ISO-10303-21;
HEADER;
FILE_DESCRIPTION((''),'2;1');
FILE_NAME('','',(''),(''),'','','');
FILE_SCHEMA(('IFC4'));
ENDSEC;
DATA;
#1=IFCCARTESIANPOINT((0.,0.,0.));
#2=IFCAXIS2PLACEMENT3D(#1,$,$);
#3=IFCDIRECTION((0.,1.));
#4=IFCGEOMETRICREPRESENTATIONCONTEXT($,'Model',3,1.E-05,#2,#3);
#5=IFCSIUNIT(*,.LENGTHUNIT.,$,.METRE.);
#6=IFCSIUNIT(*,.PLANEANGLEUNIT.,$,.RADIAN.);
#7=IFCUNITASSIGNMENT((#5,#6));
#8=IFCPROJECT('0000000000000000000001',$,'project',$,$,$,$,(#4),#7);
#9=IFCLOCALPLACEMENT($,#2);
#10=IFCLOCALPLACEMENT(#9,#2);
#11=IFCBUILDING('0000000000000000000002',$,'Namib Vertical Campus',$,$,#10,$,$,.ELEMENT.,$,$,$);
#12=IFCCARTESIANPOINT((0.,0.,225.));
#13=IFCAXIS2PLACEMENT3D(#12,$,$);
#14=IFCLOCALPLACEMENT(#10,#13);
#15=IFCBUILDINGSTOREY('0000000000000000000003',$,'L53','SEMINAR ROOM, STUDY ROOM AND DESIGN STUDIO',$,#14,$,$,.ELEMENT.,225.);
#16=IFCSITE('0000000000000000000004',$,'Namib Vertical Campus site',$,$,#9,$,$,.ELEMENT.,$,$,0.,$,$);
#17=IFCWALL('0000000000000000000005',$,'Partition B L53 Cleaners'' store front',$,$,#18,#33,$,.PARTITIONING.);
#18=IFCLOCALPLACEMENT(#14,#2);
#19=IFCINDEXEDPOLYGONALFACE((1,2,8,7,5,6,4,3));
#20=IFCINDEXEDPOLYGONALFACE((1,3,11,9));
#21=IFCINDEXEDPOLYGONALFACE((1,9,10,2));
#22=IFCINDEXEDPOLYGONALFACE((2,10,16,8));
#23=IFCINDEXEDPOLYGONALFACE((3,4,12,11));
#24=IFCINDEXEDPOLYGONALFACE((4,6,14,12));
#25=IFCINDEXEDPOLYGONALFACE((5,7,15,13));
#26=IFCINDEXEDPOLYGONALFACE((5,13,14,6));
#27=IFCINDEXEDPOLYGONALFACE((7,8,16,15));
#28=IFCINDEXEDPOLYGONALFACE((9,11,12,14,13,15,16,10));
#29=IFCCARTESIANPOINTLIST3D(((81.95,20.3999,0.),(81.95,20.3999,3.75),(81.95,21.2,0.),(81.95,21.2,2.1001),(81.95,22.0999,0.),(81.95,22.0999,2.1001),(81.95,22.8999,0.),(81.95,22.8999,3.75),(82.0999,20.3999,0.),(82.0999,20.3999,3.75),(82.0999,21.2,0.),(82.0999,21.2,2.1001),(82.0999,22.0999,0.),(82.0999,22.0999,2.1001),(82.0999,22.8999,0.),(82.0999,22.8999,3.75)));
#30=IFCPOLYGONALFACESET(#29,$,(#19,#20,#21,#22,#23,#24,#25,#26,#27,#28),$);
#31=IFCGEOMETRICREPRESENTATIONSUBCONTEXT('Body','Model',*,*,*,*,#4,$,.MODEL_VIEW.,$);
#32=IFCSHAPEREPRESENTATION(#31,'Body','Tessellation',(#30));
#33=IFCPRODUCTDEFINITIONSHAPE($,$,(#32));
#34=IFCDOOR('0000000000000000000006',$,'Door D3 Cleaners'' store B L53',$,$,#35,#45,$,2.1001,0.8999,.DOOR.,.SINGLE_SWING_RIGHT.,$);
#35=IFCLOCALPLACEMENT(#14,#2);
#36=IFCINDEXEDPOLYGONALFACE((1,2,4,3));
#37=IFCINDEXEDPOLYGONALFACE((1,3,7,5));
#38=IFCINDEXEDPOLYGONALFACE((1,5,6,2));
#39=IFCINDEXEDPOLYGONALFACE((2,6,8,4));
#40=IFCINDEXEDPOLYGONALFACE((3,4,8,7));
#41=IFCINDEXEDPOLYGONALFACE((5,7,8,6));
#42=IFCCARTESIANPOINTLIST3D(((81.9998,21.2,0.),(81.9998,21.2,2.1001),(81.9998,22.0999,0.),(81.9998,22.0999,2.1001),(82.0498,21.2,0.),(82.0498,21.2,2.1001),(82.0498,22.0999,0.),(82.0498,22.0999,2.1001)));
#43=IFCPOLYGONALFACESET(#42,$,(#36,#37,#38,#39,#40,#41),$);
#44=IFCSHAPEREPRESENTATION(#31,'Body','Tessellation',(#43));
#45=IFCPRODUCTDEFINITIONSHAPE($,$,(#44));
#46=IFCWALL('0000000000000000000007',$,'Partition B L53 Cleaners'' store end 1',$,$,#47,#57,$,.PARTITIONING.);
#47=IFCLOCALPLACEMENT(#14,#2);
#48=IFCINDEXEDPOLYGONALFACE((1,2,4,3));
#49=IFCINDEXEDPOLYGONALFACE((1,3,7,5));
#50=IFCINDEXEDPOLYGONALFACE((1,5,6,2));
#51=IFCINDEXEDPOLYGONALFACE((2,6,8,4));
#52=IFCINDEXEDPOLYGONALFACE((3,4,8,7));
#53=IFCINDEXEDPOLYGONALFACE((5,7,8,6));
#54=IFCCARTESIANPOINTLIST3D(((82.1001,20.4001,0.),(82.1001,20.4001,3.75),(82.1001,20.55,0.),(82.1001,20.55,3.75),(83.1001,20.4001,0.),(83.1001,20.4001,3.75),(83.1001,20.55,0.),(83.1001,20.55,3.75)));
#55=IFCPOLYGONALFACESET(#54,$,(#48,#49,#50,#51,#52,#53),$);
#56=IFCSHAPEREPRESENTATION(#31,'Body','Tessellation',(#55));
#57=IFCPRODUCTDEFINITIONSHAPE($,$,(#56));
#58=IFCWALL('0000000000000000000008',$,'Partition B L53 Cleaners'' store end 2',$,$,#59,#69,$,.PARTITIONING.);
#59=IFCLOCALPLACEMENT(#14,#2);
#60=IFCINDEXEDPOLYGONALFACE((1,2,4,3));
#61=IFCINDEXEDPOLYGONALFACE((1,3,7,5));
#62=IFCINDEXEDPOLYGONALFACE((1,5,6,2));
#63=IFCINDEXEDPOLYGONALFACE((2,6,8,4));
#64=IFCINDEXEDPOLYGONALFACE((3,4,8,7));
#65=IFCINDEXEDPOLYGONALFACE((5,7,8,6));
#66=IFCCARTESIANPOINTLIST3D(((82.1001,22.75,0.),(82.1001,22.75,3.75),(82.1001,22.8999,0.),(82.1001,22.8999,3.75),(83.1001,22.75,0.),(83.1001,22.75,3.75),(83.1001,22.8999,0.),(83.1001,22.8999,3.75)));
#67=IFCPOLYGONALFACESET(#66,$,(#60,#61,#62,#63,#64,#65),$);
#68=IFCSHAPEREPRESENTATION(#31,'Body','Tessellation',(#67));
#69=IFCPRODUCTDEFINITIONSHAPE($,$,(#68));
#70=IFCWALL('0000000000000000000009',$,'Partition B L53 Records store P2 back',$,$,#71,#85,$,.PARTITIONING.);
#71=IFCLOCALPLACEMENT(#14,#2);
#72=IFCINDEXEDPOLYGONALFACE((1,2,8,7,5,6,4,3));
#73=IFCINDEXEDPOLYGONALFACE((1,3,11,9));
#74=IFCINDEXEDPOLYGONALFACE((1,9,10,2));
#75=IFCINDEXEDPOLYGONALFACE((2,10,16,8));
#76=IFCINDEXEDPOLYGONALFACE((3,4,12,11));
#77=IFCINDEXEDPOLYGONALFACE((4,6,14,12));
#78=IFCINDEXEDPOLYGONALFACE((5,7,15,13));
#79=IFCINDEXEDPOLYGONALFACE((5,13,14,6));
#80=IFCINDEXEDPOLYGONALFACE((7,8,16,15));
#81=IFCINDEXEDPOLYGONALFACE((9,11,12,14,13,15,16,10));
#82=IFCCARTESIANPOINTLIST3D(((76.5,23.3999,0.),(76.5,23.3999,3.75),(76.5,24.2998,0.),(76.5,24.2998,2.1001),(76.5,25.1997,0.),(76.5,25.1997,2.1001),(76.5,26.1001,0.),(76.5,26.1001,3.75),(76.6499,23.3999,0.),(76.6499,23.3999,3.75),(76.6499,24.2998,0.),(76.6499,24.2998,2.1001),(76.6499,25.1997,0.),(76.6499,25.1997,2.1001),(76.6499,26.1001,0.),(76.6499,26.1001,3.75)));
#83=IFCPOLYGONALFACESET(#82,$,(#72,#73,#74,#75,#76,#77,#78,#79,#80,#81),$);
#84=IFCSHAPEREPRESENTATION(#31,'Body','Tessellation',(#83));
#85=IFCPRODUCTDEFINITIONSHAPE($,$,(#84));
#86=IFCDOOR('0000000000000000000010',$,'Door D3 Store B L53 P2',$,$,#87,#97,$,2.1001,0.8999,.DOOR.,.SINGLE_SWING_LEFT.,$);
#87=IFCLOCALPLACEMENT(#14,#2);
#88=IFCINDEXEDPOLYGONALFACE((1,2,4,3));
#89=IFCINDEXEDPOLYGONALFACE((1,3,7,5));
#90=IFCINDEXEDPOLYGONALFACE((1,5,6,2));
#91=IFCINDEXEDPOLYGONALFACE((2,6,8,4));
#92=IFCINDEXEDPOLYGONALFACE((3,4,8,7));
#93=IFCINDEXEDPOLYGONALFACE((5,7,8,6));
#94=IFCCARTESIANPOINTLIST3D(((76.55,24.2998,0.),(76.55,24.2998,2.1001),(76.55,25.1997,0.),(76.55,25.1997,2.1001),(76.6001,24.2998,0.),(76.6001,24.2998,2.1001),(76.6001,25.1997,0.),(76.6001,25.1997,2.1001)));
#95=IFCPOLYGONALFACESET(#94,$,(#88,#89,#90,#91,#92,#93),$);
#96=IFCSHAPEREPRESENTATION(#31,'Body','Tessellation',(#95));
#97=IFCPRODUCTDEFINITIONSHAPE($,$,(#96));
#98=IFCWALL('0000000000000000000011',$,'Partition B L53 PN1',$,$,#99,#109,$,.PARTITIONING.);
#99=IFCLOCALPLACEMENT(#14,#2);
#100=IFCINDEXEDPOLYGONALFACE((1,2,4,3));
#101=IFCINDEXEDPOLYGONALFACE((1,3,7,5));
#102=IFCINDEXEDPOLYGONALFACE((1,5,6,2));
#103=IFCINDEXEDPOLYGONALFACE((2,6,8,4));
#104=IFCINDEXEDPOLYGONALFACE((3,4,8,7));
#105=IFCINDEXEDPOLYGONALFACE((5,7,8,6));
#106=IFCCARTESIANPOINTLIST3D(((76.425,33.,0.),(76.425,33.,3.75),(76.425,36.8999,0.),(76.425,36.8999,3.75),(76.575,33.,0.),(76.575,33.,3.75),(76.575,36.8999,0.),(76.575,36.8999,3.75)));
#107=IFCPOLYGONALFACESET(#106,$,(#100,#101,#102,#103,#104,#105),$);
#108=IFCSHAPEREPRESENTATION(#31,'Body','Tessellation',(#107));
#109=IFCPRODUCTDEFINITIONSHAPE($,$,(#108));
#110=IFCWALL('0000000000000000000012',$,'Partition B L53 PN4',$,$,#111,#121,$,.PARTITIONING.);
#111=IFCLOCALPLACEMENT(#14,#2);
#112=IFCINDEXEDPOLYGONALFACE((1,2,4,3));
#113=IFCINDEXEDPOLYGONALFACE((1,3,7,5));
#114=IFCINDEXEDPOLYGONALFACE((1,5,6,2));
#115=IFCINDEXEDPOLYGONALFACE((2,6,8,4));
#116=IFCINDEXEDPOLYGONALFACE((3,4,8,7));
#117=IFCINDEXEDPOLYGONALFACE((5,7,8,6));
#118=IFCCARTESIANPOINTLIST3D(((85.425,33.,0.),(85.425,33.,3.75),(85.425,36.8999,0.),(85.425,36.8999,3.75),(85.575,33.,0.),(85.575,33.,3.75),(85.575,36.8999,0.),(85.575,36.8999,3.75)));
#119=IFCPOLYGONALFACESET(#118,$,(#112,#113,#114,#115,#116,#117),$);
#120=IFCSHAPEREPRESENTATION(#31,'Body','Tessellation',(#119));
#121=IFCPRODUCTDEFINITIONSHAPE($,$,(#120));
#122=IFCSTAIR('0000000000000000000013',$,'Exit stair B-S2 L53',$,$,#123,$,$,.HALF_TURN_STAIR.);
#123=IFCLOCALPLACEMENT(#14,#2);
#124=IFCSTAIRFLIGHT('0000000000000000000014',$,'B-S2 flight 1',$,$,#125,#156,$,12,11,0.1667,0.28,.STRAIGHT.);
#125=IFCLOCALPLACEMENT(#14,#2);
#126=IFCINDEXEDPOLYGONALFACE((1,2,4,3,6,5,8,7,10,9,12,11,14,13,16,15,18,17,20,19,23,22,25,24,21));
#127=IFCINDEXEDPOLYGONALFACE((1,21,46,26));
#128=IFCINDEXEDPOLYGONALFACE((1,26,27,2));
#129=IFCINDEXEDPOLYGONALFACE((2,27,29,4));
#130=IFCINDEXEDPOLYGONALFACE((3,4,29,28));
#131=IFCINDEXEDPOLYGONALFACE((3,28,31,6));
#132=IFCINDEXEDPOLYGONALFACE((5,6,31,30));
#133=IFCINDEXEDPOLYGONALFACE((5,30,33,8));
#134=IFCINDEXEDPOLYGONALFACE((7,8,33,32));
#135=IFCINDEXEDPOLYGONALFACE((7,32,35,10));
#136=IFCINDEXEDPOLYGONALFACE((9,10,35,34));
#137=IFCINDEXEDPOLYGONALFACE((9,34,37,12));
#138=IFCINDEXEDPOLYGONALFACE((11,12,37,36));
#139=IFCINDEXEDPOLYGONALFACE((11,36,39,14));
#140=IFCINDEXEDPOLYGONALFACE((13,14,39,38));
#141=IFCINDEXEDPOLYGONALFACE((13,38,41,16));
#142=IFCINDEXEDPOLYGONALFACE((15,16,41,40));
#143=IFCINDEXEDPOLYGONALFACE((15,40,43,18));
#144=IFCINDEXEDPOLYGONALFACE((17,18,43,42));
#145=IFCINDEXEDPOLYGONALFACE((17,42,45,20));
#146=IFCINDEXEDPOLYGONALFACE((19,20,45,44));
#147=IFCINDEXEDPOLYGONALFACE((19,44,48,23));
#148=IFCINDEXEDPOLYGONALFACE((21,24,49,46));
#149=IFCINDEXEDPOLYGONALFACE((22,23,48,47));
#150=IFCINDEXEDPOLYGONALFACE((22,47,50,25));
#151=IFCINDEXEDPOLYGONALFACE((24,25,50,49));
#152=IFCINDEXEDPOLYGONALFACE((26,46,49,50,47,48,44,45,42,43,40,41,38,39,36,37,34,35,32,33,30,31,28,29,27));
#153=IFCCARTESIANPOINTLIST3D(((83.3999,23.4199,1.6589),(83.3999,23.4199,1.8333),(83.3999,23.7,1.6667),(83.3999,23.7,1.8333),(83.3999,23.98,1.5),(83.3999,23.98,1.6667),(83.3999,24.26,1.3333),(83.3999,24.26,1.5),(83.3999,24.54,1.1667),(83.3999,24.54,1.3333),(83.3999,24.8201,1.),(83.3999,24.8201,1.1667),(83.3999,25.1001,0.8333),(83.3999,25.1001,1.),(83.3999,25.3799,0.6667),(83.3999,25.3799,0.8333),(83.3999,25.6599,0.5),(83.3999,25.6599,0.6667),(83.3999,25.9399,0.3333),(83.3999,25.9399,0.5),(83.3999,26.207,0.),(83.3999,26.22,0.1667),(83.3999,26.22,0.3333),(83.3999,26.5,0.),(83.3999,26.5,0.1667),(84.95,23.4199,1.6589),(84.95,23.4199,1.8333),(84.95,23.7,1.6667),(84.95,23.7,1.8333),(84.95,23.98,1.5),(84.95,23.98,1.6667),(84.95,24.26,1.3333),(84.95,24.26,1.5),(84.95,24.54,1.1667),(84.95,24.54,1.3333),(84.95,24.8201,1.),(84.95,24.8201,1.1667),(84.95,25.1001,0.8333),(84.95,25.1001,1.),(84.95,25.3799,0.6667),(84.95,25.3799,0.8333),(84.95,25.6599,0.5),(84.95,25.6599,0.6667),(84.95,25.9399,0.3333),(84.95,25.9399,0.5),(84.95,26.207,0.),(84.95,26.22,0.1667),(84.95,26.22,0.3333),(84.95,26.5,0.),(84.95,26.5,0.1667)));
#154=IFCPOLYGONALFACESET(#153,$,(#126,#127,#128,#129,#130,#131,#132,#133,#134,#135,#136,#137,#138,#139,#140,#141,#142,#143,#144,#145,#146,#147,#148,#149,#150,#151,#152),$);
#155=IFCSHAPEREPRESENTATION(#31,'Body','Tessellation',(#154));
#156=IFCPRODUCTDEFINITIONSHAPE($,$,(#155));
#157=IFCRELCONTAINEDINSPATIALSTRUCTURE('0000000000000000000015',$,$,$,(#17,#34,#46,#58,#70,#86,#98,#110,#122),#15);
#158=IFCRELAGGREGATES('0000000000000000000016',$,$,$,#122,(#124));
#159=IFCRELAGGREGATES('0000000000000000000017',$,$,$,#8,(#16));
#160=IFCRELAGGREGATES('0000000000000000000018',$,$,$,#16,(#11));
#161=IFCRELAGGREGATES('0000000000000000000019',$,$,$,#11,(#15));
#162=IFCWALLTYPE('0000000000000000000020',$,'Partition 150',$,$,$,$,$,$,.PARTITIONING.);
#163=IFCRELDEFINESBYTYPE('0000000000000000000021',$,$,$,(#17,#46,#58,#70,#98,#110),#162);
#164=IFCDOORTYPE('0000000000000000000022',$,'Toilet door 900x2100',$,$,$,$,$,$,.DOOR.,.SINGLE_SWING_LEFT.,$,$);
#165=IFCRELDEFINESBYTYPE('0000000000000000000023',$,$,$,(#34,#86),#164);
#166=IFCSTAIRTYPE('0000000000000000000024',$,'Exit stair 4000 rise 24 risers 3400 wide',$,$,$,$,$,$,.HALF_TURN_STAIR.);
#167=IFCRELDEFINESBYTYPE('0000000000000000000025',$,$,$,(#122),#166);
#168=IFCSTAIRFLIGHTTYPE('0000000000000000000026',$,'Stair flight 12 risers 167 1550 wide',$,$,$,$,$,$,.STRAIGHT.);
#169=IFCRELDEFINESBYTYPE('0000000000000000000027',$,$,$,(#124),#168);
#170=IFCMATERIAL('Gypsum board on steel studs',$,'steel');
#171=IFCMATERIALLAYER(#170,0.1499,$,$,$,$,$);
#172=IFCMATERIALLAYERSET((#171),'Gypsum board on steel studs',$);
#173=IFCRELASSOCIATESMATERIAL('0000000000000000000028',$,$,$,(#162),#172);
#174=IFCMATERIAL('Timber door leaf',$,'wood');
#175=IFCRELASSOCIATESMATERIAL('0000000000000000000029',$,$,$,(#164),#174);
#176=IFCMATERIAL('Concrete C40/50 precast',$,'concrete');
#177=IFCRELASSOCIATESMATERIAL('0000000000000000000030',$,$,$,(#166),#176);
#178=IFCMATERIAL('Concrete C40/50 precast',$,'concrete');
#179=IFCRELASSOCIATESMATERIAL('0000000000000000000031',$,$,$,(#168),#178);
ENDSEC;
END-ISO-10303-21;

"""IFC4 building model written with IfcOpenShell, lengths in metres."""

from ifc_helpers import new_model, si_unit, direction, frame, frame_2d, origin, place, context, subcontext, project, spatial, polyline, rectangle, outline, extrude, material, layer, layer_set, type_object, element, fill, aggregate, save


model = new_model("IFC4")

# Units and contexts
model_context = context("Model", 3, precision=1e-05, world=origin(), true_north=direction((0.0, 1.0)))
body_context = subcontext(model_context, "Body", "Model", "MODEL_VIEW")
ifc_project = project(units=[si_unit("LENGTHUNIT", "METRE"), si_unit("PLANEANGLEUNIT", "RADIAN")], contexts=[model_context])

# Site, building, storey
site_placement = place(None, origin())
site = spatial("IfcSite", under=ifc_project, at=site_placement, Name="Namib Vertical Campus site", CompositionType="ELEMENT", RefElevation=0.0)
building_placement = place(site_placement, origin())
building = spatial("IfcBuilding", under=site, at=building_placement, Name="Namib Vertical Campus", CompositionType="ELEMENT")
storey_placement = place(building_placement, frame((0.0, 0.0, 225.0)))
storey = spatial("IfcBuildingStorey", under=building, at=storey_placement, Name="L53", Description="SEMINAR ROOM, STUDY ROOM AND DESIGN STUDIO", CompositionType="ELEMENT", Elevation=225.0)

# Wall, opening, door
ifc_material_1 = material(Name="Gypsum board on steel studs", Category="steel")
ifc_layer_1 = layer(ifc_material_1, 0.1499)
ifc_layer_set_1 = layer_set([ifc_layer_1], Name="Gypsum board on steel studs")
wall_type_1 = type_object("IfcWallType", Name="Partition 150", PredefinedType="PARTITIONING", material=ifc_layer_set_1)
wall_1_placement = place(storey_placement, frame((82.0249, 20.3999, 0.0), z_axis=(0.0, 0.0, 1.0), x_axis=(0.0, 1.0, 0.0)))
wall_1 = element("IfcWall", 1, at=wall_1_placement, inside=storey, type_object=wall_type_1, Name="Partition B L53 Cleaners' store front", PredefinedType="PARTITIONING", context=body_context, shape_type="SweptSolid", body=[
    extrude(rectangle(XDim=2.5, YDim=0.1499, at=frame_2d((1.25, 0.0))), origin(), (0.0, 0.0, 1.0), 3.75),
])
opening_1_placement = place(wall_1_placement, frame((0.8, 0.0, 0.0)))
opening_1 = element("IfcOpeningElement", 2, at=opening_1_placement, cuts=wall_1, PredefinedType="OPENING", context=body_context, shape_type="SweptSolid", body=[
    extrude(rectangle(XDim=0.8999, YDim=2.1001, at=frame_2d((0.45, 1.05))), frame((0.0, 0.085, 0.0), z_axis=(0.0, -1.0, 0.0), x_axis=(1.0, 0.0, 0.0)), (0.0, 0.0, 1.0), 0.1699),
])
ifc_material_2 = material(Name="Timber door leaf", Category="wood")
door_type_1 = type_object("IfcDoorType", Name="Toilet door 900x2100", OperationType="SINGLE_SWING_LEFT", PredefinedType="DOOR", material=ifc_material_2)
door_1_placement = place(opening_1_placement, frame((0.8999, 0.0, 0.0), z_axis=(0.0, 0.0, 1.0), x_axis=(-1.0, 0.0, 0.0)))
door_1 = element("IfcDoor", 3, at=door_1_placement, inside=storey, type_object=door_type_1, Name="Door D3 Cleaners' store B L53", OperationType="SINGLE_SWING_RIGHT", OverallHeight=2.1001, OverallWidth=0.8999, PredefinedType="DOOR", context=body_context, shape_type="SweptSolid", body=[
    extrude(rectangle(XDim=0.8999, YDim=2.1001, at=frame_2d((0.45, 1.05))), frame((0.0, 0.0249, 0.0), z_axis=(0.0, -1.0, 0.0), x_axis=(1.0, 0.0, 0.0)), (0.0, 0.0, 1.0), 0.05),
])
fill(opening_1, door_1)

# Walls
for number, where, z_axis, x_axis, name in (
    (4, (82.1001, 20.4751, 0.0), (0.0, 0.0, 1.0), (1.0, 0.0, 0.0), "Partition B L53 Cleaners' store end 1"),
    (5, (82.1001, 22.825, 0.0), (0.0, 0.0, 1.0), (1.0, 0.0, 0.0), "Partition B L53 Cleaners' store end 2"),
):
    element("IfcWall", number, at=place(storey_placement, frame(where, z_axis=z_axis, x_axis=x_axis)), inside=storey, type_object=wall_type_1, Name=name, PredefinedType="PARTITIONING", context=body_context, shape_type="SweptSolid", body=[
        extrude(rectangle(XDim=1.0, YDim=0.1499, at=frame_2d((0.5, 0.0))), origin(), (0.0, 0.0, 1.0), 3.75),
    ])

# Wall, opening, door
wall_2_placement = place(storey_placement, frame((76.575, 23.3999, 0.0), z_axis=(0.0, 0.0, 1.0), x_axis=(0.0, 1.0, 0.0)))
wall_2 = element("IfcWall", 6, at=wall_2_placement, inside=storey, type_object=wall_type_1, Name="Partition B L53 Records store P2 back", PredefinedType="PARTITIONING", context=body_context, shape_type="SweptSolid", body=[
    extrude(rectangle(XDim=2.7002, YDim=0.1499, at=frame_2d((1.3501, 0.0))), origin(), (0.0, 0.0, 1.0), 3.75),
])
opening_2_placement = place(wall_2_placement, frame((0.8999, 0.0, 0.0)))
opening_2 = element("IfcOpeningElement", 7, at=opening_2_placement, cuts=wall_2, PredefinedType="OPENING", context=body_context, shape_type="SweptSolid", body=[
    extrude(rectangle(XDim=0.8999, YDim=2.1001, at=frame_2d((0.45, 1.05))), frame((0.0, 0.085, 0.0), z_axis=(0.0, -1.0, 0.0), x_axis=(1.0, 0.0, 0.0)), (0.0, 0.0, 1.0), 0.1699),
])
door_2_placement = place(opening_2_placement, origin())
door_2 = element("IfcDoor", 8, at=door_2_placement, inside=storey, type_object=door_type_1, Name="Door D3 Store B L53 P2", OperationType="SINGLE_SWING_LEFT", OverallHeight=2.1001, OverallWidth=0.8999, PredefinedType="DOOR", context=body_context, shape_type="SweptSolid", body=[
    extrude(rectangle(XDim=0.8999, YDim=2.1001, at=frame_2d((0.45, 1.05))), frame((0.0, 0.0249, 0.0), z_axis=(0.0, -1.0, 0.0), x_axis=(1.0, 0.0, 0.0)), (0.0, 0.0, 1.0), 0.05),
])
fill(opening_2, door_2)

# Walls
for number, where, z_axis, x_axis, name in (
    (9, (76.5, 33.0, 0.0), (0.0, 0.0, 1.0), (0.0, 1.0, 0.0), "Partition B L53 PN1"),
    (10, (85.5, 33.0, 0.0), (0.0, 0.0, 1.0), (0.0, 1.0, 0.0), "Partition B L53 PN4"),
):
    element("IfcWall", number, at=place(storey_placement, frame(where, z_axis=z_axis, x_axis=x_axis)), inside=storey, type_object=wall_type_1, Name=name, PredefinedType="PARTITIONING", context=body_context, shape_type="SweptSolid", body=[
        extrude(rectangle(XDim=3.8999, YDim=0.1499, at=frame_2d((1.95, 0.0))), origin(), (0.0, 0.0, 1.0), 3.75),
    ])

# Stair, stair flight
ifc_material_3 = material(Name="Concrete C40/50 precast", Category="concrete")
stair_type = type_object("IfcStairType", Name="Exit stair 4000 rise 24 risers 3400 wide", PredefinedType="HALF_TURN_STAIR", material=ifc_material_3)
stair_placement = place(storey_placement, origin())
stair = element("IfcStair", 11, at=stair_placement, inside=storey, type_object=stair_type, Name="Exit stair B-S2 L53", PredefinedType="HALF_TURN_STAIR")
ifc_material_4 = material(Name="Concrete C40/50 precast", Category="concrete")
stair_flight_type = type_object("IfcStairFlightType", Name="Stair flight 12 risers 167 1550 wide", PredefinedType="STRAIGHT", material=ifc_material_4)
stair_flight_1_placement = place(storey_placement, frame((84.175, 26.5, 0.0), z_axis=(0.0, 0.0, 1.0), x_axis=(0.0, -1.0, 0.0)))
stair_flight_1 = element("IfcStairFlight", 12, at=stair_flight_1_placement, type_object=stair_flight_type, Name="B-S2 flight 1", NumberOfRisers=12, NumberOfTreads=11, PredefinedType="STRAIGHT", RiserHeight=0.1667, TreadLength=0.28, context=body_context, shape_type="SweptSolid", body=[
    extrude(outline(polyline([(0.0, 0.0), (0.0, 0.1667), (0.28, 0.1667), (0.28, 0.3333), (0.5601, 0.3333), (0.5601, 0.5), (0.8401, 0.5), (0.8401, 0.6667), (1.1201, 0.6667), (1.1201, 0.8333), (1.3999, 0.8333), (1.3999, 1.0), (1.6799, 1.0), (1.6799, 1.1667), (1.96, 1.1667), (1.96, 1.3333), (2.24, 1.3333), (2.24, 1.5), (2.52, 1.5), (2.52, 1.6667), (2.8, 1.6667), (2.8, 1.8333), (3.0801, 1.8333), (3.0801, 2.0), (3.0801, 1.6589), (0.293, 0.0), (0.0, 0.0)])), frame((0.0, 0.7749, 0.0), z_axis=(0.0, -1.0, 0.0), x_axis=(1.0, 0.0, 0.0)), (0.0, 0.0, 1.0), 1.55),
])
aggregate(stair, [stair_flight_1])

save(model, "model.ifc")
